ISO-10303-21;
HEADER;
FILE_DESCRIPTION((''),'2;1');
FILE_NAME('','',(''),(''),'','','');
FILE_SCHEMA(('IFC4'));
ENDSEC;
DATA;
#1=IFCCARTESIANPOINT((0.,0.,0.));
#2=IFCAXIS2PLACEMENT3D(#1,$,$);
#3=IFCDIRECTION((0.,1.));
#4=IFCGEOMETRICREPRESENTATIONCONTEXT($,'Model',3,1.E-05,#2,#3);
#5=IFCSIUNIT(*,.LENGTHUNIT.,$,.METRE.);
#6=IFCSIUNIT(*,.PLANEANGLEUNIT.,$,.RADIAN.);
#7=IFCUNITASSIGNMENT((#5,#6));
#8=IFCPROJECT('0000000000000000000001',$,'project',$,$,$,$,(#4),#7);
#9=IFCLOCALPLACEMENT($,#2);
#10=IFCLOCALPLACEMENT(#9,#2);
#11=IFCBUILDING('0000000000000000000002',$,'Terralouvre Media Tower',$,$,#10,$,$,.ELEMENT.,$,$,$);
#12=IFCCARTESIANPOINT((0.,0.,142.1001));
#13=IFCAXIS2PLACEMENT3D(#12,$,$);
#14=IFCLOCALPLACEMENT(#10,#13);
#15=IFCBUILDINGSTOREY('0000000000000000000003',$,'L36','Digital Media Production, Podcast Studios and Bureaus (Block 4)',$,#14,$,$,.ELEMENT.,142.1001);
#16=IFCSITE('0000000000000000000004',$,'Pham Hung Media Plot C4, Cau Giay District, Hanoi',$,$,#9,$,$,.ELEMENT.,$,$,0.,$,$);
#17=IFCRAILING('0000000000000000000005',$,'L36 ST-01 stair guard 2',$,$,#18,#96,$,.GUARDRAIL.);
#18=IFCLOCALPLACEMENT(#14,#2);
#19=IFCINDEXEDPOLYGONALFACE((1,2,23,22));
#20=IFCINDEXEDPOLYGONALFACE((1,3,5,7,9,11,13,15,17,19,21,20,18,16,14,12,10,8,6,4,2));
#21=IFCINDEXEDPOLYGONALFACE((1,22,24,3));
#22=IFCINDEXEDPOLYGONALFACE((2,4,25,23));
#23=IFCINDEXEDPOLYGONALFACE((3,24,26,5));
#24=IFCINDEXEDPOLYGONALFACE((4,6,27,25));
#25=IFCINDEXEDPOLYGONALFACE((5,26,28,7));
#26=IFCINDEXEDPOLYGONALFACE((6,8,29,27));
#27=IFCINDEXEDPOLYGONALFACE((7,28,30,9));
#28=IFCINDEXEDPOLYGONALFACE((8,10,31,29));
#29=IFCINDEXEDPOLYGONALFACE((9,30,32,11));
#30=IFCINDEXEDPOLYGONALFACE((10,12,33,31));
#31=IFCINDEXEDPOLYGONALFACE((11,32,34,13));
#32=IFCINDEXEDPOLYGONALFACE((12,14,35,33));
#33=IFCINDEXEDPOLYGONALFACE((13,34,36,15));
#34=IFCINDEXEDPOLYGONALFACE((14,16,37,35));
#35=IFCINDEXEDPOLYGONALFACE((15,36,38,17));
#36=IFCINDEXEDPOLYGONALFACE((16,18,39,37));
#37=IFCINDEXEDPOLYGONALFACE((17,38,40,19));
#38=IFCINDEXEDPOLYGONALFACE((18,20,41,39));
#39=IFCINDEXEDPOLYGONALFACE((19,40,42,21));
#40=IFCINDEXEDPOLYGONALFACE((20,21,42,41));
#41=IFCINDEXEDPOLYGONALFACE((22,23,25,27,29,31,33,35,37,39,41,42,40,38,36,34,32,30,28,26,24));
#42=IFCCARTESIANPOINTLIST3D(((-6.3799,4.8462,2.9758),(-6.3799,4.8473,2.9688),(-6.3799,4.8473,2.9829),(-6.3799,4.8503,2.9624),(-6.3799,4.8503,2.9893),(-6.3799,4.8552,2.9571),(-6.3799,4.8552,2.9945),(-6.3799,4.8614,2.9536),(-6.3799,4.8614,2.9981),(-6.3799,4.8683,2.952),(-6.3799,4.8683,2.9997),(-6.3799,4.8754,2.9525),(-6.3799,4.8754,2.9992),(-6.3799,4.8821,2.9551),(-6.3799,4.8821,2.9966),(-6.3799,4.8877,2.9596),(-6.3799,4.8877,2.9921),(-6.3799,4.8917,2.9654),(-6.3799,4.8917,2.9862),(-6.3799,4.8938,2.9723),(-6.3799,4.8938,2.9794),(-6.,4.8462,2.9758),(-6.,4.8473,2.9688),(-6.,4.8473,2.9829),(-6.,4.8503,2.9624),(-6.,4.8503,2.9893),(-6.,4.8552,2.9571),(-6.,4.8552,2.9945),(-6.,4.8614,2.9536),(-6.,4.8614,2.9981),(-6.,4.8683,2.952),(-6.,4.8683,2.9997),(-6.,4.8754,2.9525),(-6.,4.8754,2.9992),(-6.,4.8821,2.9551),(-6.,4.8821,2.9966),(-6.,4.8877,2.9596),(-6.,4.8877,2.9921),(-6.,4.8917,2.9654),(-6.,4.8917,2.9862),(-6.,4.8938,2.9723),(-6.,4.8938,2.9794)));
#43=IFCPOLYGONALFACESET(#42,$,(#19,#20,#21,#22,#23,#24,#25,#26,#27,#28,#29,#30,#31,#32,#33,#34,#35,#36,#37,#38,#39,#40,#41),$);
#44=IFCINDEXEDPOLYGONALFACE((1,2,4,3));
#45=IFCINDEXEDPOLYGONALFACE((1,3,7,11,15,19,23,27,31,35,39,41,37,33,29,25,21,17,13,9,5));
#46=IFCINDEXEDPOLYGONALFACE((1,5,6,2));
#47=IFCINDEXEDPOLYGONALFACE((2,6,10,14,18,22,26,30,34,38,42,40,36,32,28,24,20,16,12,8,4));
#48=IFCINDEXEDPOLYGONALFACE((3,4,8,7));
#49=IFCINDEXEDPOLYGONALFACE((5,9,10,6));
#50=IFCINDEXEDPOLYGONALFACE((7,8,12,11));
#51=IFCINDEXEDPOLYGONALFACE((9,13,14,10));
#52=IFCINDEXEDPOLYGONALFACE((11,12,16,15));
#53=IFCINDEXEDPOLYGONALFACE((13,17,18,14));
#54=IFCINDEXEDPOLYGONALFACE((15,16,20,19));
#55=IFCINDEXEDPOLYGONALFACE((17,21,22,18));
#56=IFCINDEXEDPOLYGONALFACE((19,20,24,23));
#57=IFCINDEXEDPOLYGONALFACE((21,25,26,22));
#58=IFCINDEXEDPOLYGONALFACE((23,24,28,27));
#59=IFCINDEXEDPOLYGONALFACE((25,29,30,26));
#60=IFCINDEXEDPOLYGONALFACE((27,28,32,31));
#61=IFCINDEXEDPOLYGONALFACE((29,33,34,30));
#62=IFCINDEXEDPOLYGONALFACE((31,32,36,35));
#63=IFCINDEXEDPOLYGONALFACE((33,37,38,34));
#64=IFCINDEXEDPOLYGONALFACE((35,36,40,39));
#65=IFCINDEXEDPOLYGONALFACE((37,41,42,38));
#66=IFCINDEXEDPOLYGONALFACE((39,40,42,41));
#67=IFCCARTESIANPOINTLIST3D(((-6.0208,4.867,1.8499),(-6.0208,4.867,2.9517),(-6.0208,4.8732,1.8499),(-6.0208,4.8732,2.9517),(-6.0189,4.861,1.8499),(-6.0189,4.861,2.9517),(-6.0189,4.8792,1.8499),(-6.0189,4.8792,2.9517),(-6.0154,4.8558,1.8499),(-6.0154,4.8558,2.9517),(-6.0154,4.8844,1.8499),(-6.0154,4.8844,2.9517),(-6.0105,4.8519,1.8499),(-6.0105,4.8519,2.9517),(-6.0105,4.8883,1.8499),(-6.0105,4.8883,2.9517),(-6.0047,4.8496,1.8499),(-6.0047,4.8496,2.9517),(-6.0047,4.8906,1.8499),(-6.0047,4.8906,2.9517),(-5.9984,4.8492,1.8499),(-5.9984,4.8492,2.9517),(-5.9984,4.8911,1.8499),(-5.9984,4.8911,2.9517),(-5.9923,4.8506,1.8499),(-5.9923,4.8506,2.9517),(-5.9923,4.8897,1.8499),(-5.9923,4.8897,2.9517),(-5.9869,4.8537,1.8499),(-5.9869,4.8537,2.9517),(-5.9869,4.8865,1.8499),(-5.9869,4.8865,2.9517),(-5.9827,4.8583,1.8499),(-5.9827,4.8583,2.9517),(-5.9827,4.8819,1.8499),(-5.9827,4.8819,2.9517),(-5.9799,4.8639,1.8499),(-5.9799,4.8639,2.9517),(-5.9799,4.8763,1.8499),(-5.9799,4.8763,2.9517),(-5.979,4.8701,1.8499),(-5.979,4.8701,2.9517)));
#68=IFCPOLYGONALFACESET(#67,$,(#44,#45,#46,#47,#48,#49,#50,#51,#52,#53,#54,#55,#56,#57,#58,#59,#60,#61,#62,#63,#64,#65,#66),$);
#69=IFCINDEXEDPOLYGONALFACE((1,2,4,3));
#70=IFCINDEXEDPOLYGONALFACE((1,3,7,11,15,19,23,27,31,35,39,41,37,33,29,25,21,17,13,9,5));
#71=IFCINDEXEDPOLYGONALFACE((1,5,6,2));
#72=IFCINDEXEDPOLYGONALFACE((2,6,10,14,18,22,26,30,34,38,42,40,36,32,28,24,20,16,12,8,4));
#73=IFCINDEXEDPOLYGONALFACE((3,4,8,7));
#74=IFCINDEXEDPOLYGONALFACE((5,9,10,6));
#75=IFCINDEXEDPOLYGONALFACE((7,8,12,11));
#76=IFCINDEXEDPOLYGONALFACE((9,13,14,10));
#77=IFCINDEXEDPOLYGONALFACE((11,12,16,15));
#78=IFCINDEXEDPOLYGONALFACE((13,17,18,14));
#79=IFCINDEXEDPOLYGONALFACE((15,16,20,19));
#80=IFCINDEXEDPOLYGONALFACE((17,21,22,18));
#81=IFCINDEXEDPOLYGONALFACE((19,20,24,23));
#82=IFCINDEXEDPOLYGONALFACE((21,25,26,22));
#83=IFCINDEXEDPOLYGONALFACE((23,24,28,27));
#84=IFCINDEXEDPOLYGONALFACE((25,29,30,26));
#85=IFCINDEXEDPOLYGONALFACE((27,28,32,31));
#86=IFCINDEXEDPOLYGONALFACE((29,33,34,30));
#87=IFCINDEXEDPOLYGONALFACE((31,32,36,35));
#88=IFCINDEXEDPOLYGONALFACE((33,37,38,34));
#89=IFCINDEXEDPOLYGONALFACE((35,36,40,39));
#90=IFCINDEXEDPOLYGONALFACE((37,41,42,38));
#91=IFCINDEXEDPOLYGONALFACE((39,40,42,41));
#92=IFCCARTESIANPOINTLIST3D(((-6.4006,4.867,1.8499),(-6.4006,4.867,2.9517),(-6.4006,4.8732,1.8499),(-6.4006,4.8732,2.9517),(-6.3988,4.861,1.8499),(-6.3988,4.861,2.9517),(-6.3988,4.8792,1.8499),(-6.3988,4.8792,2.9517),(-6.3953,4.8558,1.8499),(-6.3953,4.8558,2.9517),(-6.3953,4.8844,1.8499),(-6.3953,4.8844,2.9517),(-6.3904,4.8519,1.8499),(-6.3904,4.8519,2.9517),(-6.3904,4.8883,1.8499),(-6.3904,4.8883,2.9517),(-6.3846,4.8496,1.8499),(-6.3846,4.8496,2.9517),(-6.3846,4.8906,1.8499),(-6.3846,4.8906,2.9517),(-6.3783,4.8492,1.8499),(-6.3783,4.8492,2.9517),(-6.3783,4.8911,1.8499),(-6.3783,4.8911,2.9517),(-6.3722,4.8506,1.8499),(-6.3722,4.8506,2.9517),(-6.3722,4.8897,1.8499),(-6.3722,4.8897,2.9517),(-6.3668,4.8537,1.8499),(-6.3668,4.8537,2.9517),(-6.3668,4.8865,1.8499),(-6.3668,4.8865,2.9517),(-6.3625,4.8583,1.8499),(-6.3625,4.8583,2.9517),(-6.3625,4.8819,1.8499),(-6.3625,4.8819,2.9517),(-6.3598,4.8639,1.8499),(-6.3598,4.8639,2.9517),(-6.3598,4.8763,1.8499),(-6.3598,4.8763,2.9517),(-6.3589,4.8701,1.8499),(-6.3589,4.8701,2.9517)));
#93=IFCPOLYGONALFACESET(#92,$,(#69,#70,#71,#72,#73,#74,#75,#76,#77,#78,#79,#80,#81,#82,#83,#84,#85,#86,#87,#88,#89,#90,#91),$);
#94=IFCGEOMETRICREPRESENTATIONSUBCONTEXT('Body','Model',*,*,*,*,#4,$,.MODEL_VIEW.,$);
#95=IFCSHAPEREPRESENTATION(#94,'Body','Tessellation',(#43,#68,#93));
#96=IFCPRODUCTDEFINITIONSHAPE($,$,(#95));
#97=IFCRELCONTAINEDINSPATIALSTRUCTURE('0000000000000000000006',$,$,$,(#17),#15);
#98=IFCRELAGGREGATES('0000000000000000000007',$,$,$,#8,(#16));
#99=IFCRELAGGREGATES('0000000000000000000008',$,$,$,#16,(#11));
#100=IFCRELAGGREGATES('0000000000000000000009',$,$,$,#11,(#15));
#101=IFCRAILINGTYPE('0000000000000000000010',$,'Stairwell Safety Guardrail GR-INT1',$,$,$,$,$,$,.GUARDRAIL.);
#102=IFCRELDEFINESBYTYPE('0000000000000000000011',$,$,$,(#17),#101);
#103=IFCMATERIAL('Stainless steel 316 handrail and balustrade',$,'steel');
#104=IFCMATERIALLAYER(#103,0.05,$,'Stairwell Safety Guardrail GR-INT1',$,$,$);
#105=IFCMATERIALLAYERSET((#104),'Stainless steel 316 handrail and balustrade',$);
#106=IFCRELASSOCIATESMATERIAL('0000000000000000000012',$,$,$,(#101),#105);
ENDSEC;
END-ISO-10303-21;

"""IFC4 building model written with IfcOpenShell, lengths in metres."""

from ifc_helpers import new_model, si_unit, direction, frame, origin, origin_2d, place, context, subcontext, project, spatial, circle, extrude, material, layer, layer_set, type_object, element, save


model = new_model("IFC4")

# Units and contexts
model_context = context("Model", 3, precision=1e-05, world=origin(), true_north=direction((0.0, 1.0)))
body_context = subcontext(model_context, "Body", "Model", "MODEL_VIEW")
ifc_project = project(units=[si_unit("LENGTHUNIT", "METRE"), si_unit("PLANEANGLEUNIT", "RADIAN")], contexts=[model_context])

# Site, building, storey
site_placement = place(None, origin())
site = spatial("IfcSite", under=ifc_project, at=site_placement, Name="Pham Hung Media Plot C4, Cau Giay District, Hanoi", CompositionType="ELEMENT", RefElevation=0.0)
building_placement = place(site_placement, origin())
building = spatial("IfcBuilding", under=site, at=building_placement, Name="Terralouvre Media Tower", CompositionType="ELEMENT")
storey_placement = place(building_placement, frame((0.0, 0.0, 142.1001)))
storey = spatial("IfcBuildingStorey", under=building, at=storey_placement, Name="L36", Description="Digital Media Production, Podcast Studios and Bureaus (Block 4)", CompositionType="ELEMENT", Elevation=142.1001)

# Railing
ifc_material_1 = material(Name="Stainless steel 316 handrail and balustrade", Category="steel")
ifc_layer_1 = layer(ifc_material_1, 0.05, Name="Stairwell Safety Guardrail GR-INT1")
ifc_layer_set_1 = layer_set([ifc_layer_1], Name="Stainless steel 316 handrail and balustrade")
railing_type_1 = type_object("IfcRailingType", Name="Stairwell Safety Guardrail GR-INT1", PredefinedType="GUARDRAIL", material=ifc_layer_set_1)
railing_1_placement = place(storey_placement, frame((-6.0, 4.8701, 1.8499)))
element("IfcRailing", 1, at=railing_1_placement, inside=storey, type_object=railing_type_1, Name="L36 ST-01 stair guard 2", PredefinedType="GUARDRAIL", context=body_context, shape_type="SweptSolid", body=[
    extrude(circle(Radius=0.0239, at=origin_2d()), frame((0.0, 0.0, 1.126), z_axis=(-1.0, 0.0, 0.0), x_axis=(0.0, -1.0, 0.0)), (0.0, 0.0, 1.0), 0.3799),
    extrude(circle(Radius=0.021, at=origin_2d()), origin(), (0.0, 0.0, 1.0), 1.1018),
    extrude(circle(Radius=0.021, at=origin_2d()), frame((-0.3799, 0.0, 0.0)), (0.0, 0.0, 1.0), 1.1018),
])

save(model, "model.ifc")
